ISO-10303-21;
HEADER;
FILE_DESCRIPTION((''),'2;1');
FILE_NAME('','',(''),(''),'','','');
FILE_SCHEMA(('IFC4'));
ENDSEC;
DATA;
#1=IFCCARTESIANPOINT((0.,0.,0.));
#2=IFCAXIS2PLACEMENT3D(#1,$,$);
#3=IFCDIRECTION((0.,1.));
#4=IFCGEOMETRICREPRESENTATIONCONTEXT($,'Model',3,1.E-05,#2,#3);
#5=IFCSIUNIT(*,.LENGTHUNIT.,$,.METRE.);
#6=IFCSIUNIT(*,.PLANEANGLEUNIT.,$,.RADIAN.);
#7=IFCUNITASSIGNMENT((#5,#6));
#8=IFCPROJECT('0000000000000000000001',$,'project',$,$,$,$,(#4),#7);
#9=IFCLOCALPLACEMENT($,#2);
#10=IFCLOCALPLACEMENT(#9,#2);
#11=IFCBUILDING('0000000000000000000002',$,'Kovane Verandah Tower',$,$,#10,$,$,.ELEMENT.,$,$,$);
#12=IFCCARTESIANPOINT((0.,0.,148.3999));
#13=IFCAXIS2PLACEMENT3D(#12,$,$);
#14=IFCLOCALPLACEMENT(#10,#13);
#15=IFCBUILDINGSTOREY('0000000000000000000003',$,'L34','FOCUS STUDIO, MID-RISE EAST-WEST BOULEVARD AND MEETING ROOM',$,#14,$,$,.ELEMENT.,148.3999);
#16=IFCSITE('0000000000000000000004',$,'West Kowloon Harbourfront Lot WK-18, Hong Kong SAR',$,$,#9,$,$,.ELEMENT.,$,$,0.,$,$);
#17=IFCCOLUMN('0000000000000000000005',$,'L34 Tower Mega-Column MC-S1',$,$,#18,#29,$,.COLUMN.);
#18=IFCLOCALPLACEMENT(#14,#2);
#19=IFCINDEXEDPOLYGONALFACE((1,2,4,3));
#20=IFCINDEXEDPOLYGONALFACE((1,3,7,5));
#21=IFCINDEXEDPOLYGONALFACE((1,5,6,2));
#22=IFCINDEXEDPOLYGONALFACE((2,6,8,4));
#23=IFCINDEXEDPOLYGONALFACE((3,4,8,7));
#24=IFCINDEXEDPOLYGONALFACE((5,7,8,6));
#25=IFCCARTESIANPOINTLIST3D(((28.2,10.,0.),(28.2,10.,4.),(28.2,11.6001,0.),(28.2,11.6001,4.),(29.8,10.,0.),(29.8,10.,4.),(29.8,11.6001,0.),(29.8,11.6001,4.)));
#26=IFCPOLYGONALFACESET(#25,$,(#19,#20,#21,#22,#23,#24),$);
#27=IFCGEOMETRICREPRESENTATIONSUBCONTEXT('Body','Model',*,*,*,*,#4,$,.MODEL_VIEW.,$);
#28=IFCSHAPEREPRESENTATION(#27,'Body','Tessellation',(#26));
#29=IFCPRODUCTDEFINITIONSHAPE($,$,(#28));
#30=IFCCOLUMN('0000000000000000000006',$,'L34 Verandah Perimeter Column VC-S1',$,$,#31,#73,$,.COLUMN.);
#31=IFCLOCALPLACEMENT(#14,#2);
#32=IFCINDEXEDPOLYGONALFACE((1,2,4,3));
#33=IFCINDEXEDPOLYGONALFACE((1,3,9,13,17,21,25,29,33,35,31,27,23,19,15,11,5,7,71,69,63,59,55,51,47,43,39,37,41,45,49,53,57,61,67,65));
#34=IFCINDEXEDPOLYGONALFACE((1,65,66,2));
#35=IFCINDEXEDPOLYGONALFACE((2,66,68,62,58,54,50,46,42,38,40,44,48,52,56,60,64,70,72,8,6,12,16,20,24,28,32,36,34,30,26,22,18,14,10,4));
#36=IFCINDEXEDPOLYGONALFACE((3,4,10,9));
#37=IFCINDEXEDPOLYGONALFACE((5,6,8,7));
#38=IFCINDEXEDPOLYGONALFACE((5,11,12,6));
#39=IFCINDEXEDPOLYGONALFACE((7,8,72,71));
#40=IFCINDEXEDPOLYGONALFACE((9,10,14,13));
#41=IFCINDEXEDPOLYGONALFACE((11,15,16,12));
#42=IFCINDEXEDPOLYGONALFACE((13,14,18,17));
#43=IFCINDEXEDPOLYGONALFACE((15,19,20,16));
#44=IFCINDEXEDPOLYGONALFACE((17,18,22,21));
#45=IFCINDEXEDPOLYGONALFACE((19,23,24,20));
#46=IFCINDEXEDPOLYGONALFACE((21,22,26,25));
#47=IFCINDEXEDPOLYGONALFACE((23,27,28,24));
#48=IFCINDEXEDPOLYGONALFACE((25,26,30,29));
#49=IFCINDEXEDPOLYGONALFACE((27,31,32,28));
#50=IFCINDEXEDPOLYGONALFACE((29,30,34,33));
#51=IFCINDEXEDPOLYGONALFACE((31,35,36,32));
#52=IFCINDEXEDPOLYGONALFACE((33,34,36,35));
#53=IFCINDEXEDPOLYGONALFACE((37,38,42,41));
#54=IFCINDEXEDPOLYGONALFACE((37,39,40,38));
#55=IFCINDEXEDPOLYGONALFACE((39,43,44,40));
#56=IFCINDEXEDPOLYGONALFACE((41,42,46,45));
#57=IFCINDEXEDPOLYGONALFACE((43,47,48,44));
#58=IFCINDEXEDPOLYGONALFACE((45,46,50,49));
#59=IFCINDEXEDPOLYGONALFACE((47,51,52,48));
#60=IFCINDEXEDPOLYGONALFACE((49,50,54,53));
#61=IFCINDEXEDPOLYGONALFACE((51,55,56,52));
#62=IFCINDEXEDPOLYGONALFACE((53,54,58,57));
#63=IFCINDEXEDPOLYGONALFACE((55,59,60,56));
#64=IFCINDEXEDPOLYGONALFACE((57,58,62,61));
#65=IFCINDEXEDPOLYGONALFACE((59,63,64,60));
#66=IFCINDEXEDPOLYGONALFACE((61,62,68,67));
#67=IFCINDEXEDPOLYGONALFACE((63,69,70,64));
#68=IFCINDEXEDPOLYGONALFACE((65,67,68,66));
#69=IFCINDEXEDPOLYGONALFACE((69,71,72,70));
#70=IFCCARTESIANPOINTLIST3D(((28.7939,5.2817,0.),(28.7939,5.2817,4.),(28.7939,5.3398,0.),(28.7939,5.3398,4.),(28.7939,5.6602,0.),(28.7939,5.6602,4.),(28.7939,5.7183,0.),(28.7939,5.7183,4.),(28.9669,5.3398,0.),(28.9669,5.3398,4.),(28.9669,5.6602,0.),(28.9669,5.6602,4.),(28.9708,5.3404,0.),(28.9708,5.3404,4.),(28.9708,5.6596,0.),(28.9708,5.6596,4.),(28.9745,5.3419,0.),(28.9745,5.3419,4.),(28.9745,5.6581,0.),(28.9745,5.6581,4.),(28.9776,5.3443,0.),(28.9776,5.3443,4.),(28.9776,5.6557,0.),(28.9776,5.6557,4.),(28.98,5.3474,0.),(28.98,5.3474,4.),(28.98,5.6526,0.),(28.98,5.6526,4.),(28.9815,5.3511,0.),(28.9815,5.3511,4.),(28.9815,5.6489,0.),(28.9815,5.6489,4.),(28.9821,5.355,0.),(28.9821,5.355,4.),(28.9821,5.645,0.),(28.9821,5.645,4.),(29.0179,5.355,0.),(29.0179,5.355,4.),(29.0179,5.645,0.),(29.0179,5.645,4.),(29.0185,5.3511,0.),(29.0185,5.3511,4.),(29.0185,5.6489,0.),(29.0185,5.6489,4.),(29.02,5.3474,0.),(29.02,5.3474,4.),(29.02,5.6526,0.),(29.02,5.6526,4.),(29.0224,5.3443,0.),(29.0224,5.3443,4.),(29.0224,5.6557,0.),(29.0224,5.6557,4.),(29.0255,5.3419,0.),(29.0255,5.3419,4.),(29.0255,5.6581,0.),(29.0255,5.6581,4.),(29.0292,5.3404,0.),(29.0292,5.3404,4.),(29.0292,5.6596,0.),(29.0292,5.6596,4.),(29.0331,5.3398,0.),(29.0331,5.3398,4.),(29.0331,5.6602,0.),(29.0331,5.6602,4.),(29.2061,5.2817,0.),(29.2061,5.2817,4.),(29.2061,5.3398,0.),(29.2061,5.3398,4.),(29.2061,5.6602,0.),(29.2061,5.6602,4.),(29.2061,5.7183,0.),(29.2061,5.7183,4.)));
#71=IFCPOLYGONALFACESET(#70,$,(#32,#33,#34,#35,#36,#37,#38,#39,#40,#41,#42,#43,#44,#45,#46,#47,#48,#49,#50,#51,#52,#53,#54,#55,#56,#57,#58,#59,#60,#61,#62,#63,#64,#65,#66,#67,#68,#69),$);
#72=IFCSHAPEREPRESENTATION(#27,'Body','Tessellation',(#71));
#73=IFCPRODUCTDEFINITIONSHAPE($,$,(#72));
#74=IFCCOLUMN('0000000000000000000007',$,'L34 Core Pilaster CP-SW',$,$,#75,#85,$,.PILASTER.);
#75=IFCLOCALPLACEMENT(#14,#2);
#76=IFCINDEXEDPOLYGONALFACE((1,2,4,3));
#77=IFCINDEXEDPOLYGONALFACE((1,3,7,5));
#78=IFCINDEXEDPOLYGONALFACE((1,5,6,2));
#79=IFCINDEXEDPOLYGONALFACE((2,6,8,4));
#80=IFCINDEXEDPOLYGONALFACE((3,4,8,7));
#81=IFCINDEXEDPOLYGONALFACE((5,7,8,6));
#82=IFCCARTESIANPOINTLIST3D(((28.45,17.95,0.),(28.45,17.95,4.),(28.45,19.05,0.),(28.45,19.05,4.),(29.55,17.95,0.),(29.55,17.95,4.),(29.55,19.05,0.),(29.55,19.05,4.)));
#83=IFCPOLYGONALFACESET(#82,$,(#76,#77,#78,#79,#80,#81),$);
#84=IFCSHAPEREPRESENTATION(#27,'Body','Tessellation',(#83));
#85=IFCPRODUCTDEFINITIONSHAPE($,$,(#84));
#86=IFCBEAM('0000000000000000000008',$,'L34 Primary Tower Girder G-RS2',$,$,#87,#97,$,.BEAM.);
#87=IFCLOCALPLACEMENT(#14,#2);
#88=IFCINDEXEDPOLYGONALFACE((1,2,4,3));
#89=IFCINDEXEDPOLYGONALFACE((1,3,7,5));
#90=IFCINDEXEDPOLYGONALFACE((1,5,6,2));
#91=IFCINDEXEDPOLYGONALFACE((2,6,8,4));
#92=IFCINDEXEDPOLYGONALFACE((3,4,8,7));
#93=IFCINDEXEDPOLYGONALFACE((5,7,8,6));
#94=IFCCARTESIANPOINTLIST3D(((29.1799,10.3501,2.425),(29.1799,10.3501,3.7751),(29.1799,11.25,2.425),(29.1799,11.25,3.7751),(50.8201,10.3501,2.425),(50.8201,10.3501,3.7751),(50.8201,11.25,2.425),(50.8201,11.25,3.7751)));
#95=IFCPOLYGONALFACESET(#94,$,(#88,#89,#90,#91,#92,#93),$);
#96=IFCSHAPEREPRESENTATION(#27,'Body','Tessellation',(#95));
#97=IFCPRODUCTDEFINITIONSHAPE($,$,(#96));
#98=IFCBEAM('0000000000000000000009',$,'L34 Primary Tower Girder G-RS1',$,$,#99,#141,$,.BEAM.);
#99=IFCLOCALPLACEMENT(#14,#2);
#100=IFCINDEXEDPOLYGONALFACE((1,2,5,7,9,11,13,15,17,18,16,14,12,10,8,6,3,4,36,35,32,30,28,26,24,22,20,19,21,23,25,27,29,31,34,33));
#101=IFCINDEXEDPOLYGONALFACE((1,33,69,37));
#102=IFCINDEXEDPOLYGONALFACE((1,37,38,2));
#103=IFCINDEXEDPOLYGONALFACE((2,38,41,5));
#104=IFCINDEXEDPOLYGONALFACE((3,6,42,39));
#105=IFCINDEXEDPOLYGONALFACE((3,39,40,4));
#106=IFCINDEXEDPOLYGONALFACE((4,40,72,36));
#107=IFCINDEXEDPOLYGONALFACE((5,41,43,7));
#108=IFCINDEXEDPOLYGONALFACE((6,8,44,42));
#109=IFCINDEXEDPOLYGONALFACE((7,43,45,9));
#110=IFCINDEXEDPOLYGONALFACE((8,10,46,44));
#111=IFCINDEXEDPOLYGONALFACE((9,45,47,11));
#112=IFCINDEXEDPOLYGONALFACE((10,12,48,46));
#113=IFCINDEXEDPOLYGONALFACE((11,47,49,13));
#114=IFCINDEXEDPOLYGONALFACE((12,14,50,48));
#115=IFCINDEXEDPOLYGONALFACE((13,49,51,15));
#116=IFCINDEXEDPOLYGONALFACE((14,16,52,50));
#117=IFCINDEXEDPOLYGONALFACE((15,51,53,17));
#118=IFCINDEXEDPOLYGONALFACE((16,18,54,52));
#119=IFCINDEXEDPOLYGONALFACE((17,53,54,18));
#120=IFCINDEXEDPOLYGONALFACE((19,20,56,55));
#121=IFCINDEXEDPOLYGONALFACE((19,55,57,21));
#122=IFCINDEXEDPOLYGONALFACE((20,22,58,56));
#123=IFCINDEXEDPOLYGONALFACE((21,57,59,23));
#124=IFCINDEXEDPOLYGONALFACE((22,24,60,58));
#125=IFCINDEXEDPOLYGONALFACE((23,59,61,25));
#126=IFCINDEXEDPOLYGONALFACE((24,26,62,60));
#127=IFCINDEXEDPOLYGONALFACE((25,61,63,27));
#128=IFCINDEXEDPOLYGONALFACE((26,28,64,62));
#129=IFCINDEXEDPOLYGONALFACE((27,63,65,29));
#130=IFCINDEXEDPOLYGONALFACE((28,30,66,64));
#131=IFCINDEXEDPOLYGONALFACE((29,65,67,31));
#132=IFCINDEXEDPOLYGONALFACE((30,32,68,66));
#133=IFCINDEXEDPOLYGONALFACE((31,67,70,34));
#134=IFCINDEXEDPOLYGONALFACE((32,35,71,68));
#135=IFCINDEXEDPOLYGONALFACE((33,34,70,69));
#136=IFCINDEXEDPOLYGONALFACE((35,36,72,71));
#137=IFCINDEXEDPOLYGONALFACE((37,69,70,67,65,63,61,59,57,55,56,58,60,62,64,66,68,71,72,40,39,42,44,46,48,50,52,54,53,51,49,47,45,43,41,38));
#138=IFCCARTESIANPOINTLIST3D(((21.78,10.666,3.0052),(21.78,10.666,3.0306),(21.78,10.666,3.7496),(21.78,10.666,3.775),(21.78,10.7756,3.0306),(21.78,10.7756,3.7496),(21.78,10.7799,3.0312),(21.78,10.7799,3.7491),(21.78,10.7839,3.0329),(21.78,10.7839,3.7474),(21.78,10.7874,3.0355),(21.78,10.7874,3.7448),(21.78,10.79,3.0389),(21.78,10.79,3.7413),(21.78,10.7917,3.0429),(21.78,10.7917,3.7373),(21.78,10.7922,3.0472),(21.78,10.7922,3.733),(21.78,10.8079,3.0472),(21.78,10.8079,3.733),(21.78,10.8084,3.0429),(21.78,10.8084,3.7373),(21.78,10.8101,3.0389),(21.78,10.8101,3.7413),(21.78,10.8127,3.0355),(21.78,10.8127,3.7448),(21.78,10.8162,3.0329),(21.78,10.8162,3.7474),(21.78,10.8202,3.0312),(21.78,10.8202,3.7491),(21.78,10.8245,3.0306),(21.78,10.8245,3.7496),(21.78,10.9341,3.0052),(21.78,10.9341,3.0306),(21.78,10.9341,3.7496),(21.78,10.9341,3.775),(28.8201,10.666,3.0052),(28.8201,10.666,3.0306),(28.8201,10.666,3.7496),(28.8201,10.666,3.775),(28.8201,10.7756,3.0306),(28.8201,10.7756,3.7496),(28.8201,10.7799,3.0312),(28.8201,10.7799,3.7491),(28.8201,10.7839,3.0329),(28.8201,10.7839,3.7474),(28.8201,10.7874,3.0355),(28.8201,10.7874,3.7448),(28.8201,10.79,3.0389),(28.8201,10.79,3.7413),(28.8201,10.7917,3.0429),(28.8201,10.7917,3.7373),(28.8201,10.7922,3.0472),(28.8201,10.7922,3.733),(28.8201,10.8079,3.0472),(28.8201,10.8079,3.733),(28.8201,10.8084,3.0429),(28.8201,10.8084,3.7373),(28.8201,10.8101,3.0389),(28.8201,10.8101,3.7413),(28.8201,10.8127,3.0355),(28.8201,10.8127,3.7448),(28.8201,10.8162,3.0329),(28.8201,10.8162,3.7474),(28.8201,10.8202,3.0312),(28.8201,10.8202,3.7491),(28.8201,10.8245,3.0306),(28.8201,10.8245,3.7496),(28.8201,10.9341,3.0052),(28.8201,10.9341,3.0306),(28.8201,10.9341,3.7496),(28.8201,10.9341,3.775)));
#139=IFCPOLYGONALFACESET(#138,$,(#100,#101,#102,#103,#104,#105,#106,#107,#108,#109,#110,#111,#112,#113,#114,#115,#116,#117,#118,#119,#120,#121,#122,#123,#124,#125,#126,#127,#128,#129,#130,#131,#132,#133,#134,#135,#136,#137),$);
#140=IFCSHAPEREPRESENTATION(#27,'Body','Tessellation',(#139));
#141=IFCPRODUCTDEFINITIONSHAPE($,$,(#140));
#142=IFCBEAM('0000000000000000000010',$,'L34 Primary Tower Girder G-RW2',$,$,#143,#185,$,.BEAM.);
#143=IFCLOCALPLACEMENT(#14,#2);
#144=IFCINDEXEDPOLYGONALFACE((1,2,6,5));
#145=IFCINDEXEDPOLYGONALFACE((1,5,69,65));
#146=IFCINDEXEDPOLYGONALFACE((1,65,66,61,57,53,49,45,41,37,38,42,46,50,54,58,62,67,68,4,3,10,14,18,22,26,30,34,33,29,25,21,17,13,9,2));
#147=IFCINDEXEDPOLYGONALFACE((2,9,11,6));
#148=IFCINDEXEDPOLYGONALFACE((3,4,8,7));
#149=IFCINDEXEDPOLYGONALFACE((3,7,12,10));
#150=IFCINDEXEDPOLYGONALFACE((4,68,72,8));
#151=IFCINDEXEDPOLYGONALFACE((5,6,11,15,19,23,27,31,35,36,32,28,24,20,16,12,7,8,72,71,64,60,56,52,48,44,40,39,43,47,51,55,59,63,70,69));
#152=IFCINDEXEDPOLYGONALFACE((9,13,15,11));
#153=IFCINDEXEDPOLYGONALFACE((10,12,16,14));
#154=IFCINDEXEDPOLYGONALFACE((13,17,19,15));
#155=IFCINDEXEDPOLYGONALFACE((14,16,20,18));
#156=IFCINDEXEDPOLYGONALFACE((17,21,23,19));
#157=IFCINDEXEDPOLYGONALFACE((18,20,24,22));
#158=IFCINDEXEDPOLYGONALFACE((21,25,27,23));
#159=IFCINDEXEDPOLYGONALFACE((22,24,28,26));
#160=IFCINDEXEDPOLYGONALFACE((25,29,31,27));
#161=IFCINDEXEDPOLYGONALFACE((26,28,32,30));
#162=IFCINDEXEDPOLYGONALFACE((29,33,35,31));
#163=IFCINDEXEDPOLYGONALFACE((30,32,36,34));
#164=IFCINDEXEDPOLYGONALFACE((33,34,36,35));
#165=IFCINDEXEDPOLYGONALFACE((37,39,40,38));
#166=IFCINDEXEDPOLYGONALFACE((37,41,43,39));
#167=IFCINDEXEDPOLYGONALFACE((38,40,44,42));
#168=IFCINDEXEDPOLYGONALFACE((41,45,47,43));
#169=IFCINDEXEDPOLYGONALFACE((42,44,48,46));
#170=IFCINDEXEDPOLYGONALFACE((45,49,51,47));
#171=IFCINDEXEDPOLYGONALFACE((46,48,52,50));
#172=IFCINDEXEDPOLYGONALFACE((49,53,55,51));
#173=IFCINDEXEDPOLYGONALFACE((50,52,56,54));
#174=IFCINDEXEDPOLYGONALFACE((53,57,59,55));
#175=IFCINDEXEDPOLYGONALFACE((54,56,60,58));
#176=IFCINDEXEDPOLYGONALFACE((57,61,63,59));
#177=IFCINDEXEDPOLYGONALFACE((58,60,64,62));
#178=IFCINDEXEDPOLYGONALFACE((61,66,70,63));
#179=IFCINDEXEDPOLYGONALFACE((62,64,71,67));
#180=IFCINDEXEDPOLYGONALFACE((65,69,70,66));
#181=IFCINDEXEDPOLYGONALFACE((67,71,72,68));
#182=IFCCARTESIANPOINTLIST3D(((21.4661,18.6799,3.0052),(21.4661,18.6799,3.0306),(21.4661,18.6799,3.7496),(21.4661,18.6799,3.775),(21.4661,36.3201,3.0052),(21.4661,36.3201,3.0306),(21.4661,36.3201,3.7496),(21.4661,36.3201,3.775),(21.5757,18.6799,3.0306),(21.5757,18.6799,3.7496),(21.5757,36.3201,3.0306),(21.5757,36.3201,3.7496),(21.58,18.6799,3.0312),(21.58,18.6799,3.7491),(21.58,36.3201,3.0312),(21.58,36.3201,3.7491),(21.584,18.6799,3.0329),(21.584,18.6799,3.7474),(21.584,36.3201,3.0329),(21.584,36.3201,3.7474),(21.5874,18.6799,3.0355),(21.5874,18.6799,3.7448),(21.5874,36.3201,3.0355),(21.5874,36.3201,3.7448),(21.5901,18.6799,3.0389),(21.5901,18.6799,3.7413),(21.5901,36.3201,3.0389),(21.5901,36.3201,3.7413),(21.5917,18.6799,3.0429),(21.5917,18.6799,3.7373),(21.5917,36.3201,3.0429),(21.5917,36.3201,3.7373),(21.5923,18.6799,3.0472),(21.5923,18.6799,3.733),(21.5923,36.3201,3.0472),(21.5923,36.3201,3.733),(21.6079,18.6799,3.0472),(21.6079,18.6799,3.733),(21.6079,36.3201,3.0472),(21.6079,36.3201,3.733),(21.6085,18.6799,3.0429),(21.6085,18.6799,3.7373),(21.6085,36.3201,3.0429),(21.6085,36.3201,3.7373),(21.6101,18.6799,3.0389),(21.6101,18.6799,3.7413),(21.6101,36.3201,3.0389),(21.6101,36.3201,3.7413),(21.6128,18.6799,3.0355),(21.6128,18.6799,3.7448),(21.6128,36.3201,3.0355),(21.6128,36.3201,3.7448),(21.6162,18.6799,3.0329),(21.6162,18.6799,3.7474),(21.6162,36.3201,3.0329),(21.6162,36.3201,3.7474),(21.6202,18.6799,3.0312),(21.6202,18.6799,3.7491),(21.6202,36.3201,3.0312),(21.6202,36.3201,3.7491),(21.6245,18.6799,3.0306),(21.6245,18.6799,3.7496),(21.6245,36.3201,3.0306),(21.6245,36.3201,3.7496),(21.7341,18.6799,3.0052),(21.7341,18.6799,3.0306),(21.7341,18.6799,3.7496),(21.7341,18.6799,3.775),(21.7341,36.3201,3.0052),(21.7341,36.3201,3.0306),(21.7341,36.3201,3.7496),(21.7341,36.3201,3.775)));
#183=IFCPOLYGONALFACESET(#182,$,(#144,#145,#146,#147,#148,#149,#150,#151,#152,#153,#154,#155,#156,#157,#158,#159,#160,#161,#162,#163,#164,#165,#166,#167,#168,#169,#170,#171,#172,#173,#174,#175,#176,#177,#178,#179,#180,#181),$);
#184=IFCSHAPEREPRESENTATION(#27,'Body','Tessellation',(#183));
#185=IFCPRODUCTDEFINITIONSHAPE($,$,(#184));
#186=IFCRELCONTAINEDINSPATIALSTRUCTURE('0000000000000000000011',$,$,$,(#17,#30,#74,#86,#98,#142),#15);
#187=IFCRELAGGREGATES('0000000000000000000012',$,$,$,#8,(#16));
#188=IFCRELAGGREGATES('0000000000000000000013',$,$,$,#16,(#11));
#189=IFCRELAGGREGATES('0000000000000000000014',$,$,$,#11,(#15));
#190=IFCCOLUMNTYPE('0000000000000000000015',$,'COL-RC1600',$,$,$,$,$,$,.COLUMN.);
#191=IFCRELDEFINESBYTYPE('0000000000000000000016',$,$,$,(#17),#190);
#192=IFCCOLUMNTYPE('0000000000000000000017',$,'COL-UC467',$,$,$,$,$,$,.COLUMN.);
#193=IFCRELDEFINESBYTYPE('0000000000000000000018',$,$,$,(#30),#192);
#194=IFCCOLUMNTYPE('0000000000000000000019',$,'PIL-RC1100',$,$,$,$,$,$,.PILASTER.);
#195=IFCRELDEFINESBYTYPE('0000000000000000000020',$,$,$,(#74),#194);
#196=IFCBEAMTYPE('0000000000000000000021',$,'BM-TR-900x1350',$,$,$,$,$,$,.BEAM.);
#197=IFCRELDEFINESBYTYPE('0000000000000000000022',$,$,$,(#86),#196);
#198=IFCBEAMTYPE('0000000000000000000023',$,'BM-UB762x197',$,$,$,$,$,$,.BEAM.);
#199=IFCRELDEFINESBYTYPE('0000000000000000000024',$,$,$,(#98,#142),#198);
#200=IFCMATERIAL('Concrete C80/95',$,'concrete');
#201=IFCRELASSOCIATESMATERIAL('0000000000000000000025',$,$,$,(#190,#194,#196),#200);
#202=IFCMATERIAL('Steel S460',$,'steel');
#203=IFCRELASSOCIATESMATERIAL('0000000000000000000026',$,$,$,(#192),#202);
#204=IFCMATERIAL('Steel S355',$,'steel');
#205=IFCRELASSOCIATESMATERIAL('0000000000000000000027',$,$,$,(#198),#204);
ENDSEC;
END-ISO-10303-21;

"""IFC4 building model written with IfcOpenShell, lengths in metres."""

from ifc_helpers import new_model, si_unit, direction, frame, origin, origin_2d, place, context, subcontext, project, spatial, rectangle, i_section, extrude, material, material_profile, profile_set, type_object, element, save


model = new_model("IFC4")

# Units and contexts
model_context = context("Model", 3, precision=1e-05, world=origin(), true_north=direction((0.0, 1.0)))
body_context = subcontext(model_context, "Body", "Model", "MODEL_VIEW")
ifc_project = project(units=[si_unit("LENGTHUNIT", "METRE"), si_unit("PLANEANGLEUNIT", "RADIAN")], contexts=[model_context])

# Site, building, storey
site_placement = place(None, origin())
site = spatial("IfcSite", under=ifc_project, at=site_placement, Name="West Kowloon Harbourfront Lot WK-18, Hong Kong SAR", CompositionType="ELEMENT", RefElevation=0.0)
building_placement = place(site_placement, origin())
building = spatial("IfcBuilding", under=site, at=building_placement, Name="Kovane Verandah Tower", CompositionType="ELEMENT")
storey_placement = place(building_placement, frame((0.0, 0.0, 148.3999)))
storey = spatial("IfcBuildingStorey", under=building, at=storey_placement, Name="L34", Description="FOCUS STUDIO, MID-RISE EAST-WEST BOULEVARD AND MEETING ROOM", CompositionType="ELEMENT", Elevation=148.3999)

# Columns
ifc_material_1 = material(Name="Concrete C80/95", Category="concrete")
ifc_material_profile_1 = material_profile(ifc_material_1, rectangle(XDim=1.6001, YDim=1.6001, at=origin_2d()), Name="RC1600x1600")
ifc_profile_set_1 = profile_set([ifc_material_profile_1], Name="Concrete C80/95")
column_type_1 = type_object("IfcColumnType", Name="COL-RC1600", PredefinedType="COLUMN", material=ifc_profile_set_1)
column_1_placement = place(storey_placement, frame((29.0, 10.8, 0.0), z_axis=(0.0, 0.0, 1.0), x_axis=(1.0, 0.0, 0.0)))
element("IfcColumn", 1, at=column_1_placement, inside=storey, type_object=column_type_1, Name="L34 Tower Mega-Column MC-S1", PredefinedType="COLUMN", context=body_context, shape_type="SweptSolid", body=[
    extrude(rectangle(XDim=1.6001, YDim=1.6001, at=origin_2d()), origin(), (0.0, 0.0, 1.0), 4.0),
])
ifc_material_2 = material(Name="Steel S460", Category="steel")
ifc_material_profile_2 = material_profile(ifc_material_2, i_section(OverallWidth=0.4121, OverallDepth=0.4365, WebThickness=0.0359, FlangeThickness=0.0581, FilletRadius=0.0151, at=origin_2d()), Name="UC356x406x467")
ifc_profile_set_2 = profile_set([ifc_material_profile_2], Name="Steel S460")
column_type_2 = type_object("IfcColumnType", Name="COL-UC467", PredefinedType="COLUMN", material=ifc_profile_set_2)
column_2_placement = place(storey_placement, frame((29.0, 5.5, 0.0), z_axis=(0.0, 0.0, 1.0), x_axis=(1.0, 0.0, 0.0)))
element("IfcColumn", 2, at=column_2_placement, inside=storey, type_object=column_type_2, Name="L34 Verandah Perimeter Column VC-S1", PredefinedType="COLUMN", context=body_context, shape_type="SweptSolid", body=[
    extrude(i_section(OverallWidth=0.4121, OverallDepth=0.4365, WebThickness=0.0359, FlangeThickness=0.0581, FilletRadius=0.0151, at=origin_2d()), origin(), (0.0, 0.0, 1.0), 4.0),
])
ifc_material_profile_3 = material_profile(ifc_material_1, rectangle(XDim=1.1001, YDim=1.1001, at=origin_2d()), Name="RC1100x1100")
ifc_profile_set_3 = profile_set([ifc_material_profile_3], Name="Concrete C80/95")
column_type_3 = type_object("IfcColumnType", Name="PIL-RC1100", PredefinedType="PILASTER", material=ifc_profile_set_3)
column_3_placement = place(storey_placement, frame((29.0, 18.5, 0.0), z_axis=(0.0, 0.0, 1.0), x_axis=(1.0, 0.0, 0.0)))
element("IfcColumn", 3, at=column_3_placement, inside=storey, type_object=column_type_3, Name="L34 Core Pilaster CP-SW", PredefinedType="PILASTER", context=body_context, shape_type="SweptSolid", body=[
    extrude(rectangle(XDim=1.1001, YDim=1.1001, at=origin_2d()), origin(), (0.0, 0.0, 1.0), 4.0),
])

# Beams
ifc_material_profile_4 = material_profile(ifc_material_1, rectangle(XDim=0.8999, YDim=1.3501, at=origin_2d()), Name="RCB900x1350")
ifc_profile_set_4 = profile_set([ifc_material_profile_4], Name="Concrete C80/95")
beam_type_1 = type_object("IfcBeamType", Name="BM-TR-900x1350", PredefinedType="BEAM", material=ifc_profile_set_4)
beam_1_placement = place(storey_placement, frame((29.1799, 10.8, 3.1001), z_axis=(1.0, 0.0, 0.0), x_axis=(0.0, 1.0, 0.0)))
element("IfcBeam", 4, at=beam_1_placement, inside=storey, type_object=beam_type_1, Name="L34 Primary Tower Girder G-RS2", PredefinedType="BEAM", context=body_context, shape_type="SweptSolid", body=[
    extrude(rectangle(XDim=0.8999, YDim=1.3501, at=origin_2d()), origin(), (0.0, 0.0, 1.0), 21.6401),
])
ifc_material_3 = material(Name="Steel S355", Category="steel")
ifc_material_profile_5 = material_profile(ifc_material_3, i_section(OverallWidth=0.2681, OverallDepth=0.7698, WebThickness=0.0156, FlangeThickness=0.0254, FilletRadius=0.0166, at=origin_2d()), Name="UB762x267x197")
ifc_profile_set_5 = profile_set([ifc_material_profile_5], Name="Steel S355")
beam_type_2 = type_object("IfcBeamType", Name="BM-UB762x197", PredefinedType="BEAM", material=ifc_profile_set_5)
beam_2_placement = place(storey_placement, frame((21.78, 10.8, 3.3901), z_axis=(1.0, 0.0, 0.0), x_axis=(0.0, 1.0, 0.0)))
element("IfcBeam", 5, at=beam_2_placement, inside=storey, type_object=beam_type_2, Name="L34 Primary Tower Girder G-RS1", PredefinedType="BEAM", context=body_context, shape_type="SweptSolid", body=[
    extrude(i_section(OverallWidth=0.2681, OverallDepth=0.7698, WebThickness=0.0156, FlangeThickness=0.0254, FilletRadius=0.0166, at=origin_2d()), origin(), (0.0, 0.0, 1.0), 7.04),
])
beam_3_placement = place(storey_placement, frame((21.6001, 18.6799, 3.3901), z_axis=(0.0, 1.0, 0.0), x_axis=(-1.0, 0.0, 0.0)))
element("IfcBeam", 6, at=beam_3_placement, inside=storey, type_object=beam_type_2, Name="L34 Primary Tower Girder G-RW2", PredefinedType="BEAM", context=body_context, shape_type="SweptSolid", body=[
    extrude(i_section(OverallWidth=0.2681, OverallDepth=0.7698, WebThickness=0.0156, FlangeThickness=0.0254, FilletRadius=0.0166, at=origin_2d()), origin(), (0.0, 0.0, 1.0), 17.6401),
])

save(model, "model.ifc")
